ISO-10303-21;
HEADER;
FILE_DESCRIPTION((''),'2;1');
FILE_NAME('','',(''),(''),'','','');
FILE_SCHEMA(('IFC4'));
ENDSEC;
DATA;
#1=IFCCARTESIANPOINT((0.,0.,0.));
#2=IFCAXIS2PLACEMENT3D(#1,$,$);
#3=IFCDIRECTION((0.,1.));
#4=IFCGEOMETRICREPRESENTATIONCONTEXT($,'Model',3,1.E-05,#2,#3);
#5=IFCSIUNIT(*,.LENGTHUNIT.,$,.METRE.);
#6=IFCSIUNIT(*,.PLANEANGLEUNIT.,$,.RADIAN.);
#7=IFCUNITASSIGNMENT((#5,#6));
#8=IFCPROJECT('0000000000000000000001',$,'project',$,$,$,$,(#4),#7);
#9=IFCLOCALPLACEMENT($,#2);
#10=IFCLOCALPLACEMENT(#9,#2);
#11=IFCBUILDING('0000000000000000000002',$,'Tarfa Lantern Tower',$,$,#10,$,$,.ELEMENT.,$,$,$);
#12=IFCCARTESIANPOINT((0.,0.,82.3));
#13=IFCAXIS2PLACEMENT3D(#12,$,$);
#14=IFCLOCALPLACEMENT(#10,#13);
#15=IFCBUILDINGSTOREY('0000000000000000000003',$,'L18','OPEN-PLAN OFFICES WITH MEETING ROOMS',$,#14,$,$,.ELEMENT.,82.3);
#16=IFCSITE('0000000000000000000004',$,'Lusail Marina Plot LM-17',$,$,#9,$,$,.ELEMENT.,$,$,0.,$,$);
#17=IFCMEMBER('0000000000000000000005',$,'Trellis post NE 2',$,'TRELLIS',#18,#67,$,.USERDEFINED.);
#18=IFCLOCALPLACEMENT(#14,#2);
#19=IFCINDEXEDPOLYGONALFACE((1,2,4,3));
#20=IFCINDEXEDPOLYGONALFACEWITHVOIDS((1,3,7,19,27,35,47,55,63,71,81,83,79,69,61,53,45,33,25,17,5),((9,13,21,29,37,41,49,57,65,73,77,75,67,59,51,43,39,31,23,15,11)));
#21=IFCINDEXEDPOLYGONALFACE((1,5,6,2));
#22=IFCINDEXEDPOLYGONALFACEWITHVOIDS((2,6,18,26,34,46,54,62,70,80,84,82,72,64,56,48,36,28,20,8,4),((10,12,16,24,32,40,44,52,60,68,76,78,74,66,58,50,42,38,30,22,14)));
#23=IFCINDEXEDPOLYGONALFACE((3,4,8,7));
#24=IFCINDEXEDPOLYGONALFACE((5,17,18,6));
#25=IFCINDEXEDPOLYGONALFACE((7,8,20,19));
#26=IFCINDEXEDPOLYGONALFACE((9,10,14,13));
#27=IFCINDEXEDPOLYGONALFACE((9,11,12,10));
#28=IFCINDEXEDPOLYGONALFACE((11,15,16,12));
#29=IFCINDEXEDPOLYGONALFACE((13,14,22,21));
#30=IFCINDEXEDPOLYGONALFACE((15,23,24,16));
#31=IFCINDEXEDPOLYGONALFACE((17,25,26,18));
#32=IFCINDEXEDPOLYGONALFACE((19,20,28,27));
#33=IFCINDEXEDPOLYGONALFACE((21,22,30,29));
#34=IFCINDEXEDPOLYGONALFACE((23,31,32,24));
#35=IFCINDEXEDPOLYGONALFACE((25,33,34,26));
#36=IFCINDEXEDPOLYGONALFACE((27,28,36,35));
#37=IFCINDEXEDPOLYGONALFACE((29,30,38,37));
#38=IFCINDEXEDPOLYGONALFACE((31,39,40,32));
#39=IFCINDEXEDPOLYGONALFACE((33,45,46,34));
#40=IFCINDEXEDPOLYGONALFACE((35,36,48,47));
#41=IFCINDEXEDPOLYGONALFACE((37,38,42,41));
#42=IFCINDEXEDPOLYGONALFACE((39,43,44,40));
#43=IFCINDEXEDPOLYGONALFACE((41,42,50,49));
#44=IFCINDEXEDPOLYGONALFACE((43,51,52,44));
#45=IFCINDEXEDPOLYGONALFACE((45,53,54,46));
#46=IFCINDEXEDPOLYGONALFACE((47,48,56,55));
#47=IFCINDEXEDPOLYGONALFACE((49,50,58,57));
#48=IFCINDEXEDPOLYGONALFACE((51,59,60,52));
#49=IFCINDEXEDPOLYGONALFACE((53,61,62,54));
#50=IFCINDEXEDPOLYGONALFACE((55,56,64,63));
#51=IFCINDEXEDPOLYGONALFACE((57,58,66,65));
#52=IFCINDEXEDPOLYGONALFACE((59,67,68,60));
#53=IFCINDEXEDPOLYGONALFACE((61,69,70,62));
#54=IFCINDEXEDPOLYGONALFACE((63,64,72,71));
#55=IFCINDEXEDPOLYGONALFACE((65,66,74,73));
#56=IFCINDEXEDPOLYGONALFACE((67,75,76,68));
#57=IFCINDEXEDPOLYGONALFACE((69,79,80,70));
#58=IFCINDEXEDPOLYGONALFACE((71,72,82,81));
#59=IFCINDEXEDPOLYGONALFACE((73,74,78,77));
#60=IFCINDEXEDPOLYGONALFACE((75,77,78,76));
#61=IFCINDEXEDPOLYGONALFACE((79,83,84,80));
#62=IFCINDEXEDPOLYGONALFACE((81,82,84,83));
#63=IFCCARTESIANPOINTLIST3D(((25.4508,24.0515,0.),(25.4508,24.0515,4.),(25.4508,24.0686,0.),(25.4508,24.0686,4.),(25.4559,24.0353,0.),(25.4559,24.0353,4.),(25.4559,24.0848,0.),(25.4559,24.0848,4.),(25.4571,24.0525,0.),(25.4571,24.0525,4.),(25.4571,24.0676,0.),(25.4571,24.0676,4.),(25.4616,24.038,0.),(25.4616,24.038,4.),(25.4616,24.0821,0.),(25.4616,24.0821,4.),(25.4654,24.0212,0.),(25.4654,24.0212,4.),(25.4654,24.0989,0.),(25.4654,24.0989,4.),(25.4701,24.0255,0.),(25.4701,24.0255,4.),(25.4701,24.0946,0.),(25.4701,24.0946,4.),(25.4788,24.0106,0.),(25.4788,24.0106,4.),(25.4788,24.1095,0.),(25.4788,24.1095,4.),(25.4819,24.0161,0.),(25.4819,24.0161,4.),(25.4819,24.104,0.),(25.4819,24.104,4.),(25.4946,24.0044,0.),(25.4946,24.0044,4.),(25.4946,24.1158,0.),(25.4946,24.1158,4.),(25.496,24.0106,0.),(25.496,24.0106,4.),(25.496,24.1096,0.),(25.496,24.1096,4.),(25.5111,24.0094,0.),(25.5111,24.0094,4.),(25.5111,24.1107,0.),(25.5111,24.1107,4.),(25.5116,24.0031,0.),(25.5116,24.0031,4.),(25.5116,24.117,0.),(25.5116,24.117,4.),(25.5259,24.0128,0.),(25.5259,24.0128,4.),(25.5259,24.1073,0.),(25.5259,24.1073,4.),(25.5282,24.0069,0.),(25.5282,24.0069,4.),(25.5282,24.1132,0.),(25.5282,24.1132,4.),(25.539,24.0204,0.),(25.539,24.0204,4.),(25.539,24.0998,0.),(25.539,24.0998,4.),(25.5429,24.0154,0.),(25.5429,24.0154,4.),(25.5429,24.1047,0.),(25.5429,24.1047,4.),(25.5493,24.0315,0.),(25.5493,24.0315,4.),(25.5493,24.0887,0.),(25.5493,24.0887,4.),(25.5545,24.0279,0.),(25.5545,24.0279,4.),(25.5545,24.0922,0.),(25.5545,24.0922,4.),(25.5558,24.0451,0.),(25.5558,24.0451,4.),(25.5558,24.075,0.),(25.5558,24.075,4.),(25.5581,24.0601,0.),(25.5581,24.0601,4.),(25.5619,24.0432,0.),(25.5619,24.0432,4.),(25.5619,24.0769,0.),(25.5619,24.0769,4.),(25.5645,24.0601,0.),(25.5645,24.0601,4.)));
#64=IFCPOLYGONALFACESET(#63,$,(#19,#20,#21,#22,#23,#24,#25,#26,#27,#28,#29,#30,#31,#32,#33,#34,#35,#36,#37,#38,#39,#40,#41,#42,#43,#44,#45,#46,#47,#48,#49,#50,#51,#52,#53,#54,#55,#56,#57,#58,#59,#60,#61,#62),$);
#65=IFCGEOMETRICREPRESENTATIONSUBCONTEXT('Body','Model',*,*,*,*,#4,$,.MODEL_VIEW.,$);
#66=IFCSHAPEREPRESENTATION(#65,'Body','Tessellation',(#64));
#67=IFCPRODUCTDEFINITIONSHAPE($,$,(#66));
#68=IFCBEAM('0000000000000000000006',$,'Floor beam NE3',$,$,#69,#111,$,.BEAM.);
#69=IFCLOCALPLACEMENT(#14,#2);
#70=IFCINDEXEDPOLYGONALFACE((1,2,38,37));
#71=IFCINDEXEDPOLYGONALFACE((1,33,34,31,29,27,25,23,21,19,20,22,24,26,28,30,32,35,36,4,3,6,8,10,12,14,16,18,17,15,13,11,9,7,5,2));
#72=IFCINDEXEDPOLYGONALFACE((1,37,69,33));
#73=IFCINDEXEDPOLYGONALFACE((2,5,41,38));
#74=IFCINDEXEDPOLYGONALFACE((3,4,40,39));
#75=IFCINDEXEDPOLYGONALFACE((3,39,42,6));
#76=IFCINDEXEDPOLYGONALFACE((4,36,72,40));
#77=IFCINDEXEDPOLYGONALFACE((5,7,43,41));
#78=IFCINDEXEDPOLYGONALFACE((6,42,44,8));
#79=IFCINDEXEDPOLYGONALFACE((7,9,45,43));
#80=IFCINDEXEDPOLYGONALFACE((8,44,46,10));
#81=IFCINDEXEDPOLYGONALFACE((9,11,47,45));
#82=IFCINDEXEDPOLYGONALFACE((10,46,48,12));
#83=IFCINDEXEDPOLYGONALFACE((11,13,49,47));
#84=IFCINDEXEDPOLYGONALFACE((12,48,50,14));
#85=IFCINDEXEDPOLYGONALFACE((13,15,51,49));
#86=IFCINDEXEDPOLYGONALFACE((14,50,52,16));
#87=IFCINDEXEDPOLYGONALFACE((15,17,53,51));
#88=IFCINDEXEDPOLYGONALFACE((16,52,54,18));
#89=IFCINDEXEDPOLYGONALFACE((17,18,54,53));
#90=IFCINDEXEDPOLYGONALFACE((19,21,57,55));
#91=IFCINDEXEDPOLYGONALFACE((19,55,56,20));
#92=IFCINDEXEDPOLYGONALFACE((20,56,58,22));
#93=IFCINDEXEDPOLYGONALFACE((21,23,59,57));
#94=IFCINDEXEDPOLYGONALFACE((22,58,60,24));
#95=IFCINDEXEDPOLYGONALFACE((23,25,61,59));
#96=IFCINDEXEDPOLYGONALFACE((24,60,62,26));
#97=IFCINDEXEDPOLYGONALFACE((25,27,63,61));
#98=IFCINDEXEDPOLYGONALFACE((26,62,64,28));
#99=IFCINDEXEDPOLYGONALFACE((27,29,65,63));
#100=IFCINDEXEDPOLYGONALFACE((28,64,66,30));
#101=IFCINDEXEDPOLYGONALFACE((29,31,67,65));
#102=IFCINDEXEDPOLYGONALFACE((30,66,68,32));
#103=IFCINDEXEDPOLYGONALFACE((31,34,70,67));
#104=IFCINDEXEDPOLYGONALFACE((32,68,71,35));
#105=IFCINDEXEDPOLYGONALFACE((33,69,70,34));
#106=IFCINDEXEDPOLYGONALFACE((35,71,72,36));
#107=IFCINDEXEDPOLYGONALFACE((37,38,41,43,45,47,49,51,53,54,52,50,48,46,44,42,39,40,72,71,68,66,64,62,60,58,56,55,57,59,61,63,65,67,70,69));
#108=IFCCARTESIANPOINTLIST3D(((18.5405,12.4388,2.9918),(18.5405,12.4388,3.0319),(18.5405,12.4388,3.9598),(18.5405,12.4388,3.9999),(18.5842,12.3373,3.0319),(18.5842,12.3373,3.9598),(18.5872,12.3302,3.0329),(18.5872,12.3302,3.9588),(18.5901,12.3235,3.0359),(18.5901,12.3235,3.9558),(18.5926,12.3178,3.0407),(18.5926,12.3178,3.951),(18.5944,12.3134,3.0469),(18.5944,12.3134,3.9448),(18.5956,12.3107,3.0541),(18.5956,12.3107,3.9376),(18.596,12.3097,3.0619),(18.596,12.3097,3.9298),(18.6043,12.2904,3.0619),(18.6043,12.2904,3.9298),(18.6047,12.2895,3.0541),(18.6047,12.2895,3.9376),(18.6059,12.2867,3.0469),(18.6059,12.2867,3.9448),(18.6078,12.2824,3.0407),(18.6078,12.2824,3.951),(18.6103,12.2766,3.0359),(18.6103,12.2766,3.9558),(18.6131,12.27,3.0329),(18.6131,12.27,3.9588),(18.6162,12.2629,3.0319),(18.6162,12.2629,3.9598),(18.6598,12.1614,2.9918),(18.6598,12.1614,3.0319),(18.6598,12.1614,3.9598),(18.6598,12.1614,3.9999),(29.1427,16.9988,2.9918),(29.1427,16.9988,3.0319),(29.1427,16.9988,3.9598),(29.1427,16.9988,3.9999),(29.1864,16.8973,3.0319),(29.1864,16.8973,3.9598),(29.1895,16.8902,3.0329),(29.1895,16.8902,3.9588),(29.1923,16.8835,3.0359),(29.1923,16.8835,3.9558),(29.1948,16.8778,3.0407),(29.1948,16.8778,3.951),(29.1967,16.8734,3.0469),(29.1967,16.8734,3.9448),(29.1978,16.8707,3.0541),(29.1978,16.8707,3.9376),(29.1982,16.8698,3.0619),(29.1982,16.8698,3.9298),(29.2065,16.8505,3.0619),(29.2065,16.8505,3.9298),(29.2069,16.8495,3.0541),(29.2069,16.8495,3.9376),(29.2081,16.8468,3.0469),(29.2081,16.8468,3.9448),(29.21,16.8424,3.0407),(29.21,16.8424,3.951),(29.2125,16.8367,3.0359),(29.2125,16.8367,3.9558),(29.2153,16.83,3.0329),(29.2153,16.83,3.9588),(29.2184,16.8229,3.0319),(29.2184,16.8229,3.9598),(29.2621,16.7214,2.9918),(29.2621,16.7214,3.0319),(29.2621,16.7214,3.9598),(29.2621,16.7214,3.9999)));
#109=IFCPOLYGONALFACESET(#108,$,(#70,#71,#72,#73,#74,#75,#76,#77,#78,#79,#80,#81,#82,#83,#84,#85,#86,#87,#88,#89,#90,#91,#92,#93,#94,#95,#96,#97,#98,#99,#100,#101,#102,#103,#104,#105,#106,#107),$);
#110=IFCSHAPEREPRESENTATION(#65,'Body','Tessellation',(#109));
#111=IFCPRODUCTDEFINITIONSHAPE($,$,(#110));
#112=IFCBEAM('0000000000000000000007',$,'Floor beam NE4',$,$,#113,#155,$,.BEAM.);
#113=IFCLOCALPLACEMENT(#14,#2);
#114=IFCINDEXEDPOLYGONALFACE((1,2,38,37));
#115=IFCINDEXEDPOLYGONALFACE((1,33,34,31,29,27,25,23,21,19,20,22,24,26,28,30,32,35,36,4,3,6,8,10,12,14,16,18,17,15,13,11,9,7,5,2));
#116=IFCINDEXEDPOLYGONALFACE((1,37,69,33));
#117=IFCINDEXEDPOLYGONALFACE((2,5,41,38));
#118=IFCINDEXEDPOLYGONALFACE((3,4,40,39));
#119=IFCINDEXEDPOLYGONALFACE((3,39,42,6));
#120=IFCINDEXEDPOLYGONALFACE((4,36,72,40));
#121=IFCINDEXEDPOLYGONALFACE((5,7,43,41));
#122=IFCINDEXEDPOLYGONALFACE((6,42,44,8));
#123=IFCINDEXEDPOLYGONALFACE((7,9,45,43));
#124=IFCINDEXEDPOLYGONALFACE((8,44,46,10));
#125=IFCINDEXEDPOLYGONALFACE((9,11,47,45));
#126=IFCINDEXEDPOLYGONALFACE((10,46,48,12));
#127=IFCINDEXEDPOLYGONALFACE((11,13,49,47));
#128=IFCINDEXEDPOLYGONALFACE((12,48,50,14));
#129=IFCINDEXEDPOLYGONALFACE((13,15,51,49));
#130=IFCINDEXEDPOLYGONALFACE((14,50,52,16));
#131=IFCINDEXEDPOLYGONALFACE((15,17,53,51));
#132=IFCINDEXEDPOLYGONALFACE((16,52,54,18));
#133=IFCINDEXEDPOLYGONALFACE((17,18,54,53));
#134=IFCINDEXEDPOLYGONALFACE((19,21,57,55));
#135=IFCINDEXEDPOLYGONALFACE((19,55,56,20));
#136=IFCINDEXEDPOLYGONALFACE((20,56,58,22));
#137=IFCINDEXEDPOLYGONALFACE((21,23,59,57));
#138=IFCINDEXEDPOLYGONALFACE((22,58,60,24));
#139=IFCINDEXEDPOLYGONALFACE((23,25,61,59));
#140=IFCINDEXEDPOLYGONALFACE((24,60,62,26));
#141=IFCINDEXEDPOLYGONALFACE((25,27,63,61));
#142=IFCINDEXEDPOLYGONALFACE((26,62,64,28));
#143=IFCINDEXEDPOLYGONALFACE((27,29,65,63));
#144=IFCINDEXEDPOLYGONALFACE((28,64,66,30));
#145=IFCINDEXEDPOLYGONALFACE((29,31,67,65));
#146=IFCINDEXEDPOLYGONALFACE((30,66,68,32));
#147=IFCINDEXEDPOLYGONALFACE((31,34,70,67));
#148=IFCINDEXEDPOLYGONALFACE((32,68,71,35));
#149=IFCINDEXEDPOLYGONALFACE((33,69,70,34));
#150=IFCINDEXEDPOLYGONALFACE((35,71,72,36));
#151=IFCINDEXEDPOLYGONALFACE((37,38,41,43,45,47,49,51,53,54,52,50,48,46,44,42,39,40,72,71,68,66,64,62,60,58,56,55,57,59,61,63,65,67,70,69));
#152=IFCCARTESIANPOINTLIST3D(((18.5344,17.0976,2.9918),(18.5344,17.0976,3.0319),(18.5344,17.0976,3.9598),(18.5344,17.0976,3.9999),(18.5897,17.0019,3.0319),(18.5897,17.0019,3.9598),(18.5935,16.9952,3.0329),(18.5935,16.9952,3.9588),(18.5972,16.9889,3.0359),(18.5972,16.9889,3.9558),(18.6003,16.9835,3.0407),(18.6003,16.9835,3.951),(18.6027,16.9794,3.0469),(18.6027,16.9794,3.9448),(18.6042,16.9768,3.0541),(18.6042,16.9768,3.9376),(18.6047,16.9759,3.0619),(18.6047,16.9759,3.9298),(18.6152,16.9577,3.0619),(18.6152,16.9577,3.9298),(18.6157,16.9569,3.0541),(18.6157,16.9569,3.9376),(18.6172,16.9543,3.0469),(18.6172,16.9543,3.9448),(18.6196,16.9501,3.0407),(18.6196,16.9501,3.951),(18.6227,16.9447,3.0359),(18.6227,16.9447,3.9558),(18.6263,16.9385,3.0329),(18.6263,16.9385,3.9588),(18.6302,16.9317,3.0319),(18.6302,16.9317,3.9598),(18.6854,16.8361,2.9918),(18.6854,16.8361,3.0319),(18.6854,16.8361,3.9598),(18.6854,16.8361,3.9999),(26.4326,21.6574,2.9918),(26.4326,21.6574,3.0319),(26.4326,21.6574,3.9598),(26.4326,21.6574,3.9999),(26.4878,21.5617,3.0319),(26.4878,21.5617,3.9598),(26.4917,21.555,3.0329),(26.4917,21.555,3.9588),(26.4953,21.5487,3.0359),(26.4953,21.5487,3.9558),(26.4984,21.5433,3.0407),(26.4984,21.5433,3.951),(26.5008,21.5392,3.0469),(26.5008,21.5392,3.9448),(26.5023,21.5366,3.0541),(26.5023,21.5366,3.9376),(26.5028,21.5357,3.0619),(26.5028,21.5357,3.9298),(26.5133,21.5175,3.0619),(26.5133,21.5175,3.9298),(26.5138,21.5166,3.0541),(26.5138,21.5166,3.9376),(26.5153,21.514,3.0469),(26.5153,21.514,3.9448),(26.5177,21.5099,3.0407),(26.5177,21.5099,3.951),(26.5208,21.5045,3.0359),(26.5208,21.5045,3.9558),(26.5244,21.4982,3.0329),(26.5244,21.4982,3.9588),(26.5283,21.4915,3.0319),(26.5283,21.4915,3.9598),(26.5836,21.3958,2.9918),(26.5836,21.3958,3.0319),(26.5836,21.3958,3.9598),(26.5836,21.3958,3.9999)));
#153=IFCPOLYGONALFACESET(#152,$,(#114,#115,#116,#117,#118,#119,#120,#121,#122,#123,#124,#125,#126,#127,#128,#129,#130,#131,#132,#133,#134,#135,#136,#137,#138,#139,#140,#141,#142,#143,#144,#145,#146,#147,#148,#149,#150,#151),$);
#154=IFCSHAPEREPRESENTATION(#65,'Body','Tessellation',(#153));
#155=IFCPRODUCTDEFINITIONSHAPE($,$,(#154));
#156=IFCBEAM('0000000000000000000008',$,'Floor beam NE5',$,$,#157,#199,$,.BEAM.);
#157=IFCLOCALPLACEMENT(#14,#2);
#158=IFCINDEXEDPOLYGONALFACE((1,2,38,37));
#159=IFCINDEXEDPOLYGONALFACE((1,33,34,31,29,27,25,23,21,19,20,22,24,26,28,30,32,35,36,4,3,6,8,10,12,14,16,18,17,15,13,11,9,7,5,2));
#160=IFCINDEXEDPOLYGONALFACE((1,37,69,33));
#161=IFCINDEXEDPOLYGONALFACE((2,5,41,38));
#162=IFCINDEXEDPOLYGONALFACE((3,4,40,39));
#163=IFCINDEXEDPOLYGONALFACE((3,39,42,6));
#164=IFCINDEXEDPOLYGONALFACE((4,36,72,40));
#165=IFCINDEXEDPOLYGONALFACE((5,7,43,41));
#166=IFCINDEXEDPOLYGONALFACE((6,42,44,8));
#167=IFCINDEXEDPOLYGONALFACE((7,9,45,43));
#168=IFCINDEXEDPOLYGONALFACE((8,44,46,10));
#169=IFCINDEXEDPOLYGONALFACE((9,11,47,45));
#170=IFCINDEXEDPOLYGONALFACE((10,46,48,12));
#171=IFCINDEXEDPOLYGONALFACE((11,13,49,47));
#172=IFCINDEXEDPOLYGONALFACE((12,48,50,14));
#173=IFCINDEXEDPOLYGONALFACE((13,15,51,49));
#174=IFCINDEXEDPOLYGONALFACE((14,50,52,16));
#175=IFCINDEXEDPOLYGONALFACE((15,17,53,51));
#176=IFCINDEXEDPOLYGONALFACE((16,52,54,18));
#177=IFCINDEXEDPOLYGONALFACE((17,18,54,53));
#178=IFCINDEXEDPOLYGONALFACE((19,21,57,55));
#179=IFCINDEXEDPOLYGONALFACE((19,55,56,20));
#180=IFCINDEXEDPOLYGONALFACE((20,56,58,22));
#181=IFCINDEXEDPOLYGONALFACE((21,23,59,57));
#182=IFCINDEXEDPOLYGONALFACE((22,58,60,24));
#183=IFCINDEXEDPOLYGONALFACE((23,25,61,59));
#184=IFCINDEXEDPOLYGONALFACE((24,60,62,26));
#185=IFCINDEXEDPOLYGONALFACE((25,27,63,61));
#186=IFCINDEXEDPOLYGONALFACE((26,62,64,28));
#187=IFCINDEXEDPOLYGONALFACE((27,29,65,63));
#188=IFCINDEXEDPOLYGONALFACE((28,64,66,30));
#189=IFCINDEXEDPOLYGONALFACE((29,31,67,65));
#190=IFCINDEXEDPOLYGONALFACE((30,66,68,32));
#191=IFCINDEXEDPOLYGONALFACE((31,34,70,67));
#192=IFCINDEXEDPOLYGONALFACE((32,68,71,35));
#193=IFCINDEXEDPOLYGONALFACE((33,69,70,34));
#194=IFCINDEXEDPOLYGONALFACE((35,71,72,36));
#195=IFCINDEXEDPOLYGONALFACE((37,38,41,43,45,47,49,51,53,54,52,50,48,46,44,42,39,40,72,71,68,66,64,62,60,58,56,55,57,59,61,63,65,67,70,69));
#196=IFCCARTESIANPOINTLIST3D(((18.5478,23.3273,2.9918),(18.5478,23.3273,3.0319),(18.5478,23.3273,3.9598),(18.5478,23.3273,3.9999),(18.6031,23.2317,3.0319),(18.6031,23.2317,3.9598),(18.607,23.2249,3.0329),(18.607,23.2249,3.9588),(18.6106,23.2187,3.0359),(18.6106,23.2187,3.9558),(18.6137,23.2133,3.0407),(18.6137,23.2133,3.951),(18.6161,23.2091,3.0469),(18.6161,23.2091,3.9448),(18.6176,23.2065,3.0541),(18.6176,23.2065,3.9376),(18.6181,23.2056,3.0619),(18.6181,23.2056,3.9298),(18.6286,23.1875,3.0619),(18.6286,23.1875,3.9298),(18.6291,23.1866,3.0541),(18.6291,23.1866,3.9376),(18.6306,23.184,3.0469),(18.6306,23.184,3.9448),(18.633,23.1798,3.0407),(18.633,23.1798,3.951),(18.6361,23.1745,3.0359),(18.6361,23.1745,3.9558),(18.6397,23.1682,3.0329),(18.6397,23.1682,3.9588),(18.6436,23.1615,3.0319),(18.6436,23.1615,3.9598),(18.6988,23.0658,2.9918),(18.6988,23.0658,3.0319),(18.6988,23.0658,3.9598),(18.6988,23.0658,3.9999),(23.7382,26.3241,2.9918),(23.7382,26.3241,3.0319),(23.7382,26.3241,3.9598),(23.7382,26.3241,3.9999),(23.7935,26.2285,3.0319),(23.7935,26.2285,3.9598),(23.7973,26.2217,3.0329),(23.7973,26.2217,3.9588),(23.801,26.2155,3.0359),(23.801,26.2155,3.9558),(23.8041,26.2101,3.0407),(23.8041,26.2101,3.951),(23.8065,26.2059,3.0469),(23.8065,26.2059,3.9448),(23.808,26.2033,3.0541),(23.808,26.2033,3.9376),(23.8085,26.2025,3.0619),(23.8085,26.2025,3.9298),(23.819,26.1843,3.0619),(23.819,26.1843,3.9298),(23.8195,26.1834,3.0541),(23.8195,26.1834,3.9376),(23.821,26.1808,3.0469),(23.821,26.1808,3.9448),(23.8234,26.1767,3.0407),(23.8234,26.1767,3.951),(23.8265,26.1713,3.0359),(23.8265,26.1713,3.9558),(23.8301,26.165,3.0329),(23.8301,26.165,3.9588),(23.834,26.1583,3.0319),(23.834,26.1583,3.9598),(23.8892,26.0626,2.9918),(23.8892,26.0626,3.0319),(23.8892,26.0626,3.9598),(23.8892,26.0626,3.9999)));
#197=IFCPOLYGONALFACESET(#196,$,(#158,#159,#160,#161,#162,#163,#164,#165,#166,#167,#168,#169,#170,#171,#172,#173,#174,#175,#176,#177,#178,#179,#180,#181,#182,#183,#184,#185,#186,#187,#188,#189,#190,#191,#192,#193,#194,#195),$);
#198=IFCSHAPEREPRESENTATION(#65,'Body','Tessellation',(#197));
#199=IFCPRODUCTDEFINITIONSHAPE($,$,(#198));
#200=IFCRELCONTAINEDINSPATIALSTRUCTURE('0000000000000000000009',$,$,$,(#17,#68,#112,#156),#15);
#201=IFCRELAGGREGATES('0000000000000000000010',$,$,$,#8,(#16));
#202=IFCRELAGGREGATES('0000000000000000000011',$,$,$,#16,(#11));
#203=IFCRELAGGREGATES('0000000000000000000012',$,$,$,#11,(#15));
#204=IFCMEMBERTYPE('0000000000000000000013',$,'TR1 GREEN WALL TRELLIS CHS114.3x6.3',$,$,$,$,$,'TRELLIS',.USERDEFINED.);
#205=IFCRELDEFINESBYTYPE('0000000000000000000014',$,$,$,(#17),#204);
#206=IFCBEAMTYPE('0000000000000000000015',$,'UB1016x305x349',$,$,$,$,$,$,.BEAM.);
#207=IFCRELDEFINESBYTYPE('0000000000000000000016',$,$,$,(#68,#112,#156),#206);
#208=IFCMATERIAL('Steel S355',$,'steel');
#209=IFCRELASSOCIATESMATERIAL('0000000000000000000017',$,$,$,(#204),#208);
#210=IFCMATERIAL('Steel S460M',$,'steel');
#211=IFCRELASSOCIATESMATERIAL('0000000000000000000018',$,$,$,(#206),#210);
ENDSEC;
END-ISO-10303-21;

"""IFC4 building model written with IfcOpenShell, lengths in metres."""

from ifc_helpers import new_model, si_unit, direction, frame, origin, origin_2d, place, context, subcontext, project, spatial, hollow_circle, i_section, extrude, material, material_profile, profile_set, type_object, element, save


model = new_model("IFC4")

# Units and contexts
model_context = context("Model", 3, precision=1e-05, world=origin(), true_north=direction((0.0, 1.0)))
body_context = subcontext(model_context, "Body", "Model", "MODEL_VIEW")
ifc_project = project(units=[si_unit("LENGTHUNIT", "METRE"), si_unit("PLANEANGLEUNIT", "RADIAN")], contexts=[model_context])

# Site, building, storey
site_placement = place(None, origin())
site = spatial("IfcSite", under=ifc_project, at=site_placement, Name="Lusail Marina Plot LM-17", CompositionType="ELEMENT", RefElevation=0.0)
building_placement = place(site_placement, origin())
building = spatial("IfcBuilding", under=site, at=building_placement, Name="Tarfa Lantern Tower", CompositionType="ELEMENT")
storey_placement = place(building_placement, frame((0.0, 0.0, 82.3)))
storey = spatial("IfcBuildingStorey", under=building, at=storey_placement, Name="L18", Description="OPEN-PLAN OFFICES WITH MEETING ROOMS", CompositionType="ELEMENT", Elevation=82.3)

# Member
ifc_material_1 = material(Name="Steel S355", Category="steel")
ifc_material_profile_1 = material_profile(ifc_material_1, hollow_circle(Radius=0.0571, WallThickness=0.0063, at=origin_2d()), Name="CHS114.3x6.3")
ifc_profile_set_1 = profile_set([ifc_material_profile_1], Name="Steel S355")
member_type_1 = type_object("IfcMemberType", Name="TR1 GREEN WALL TRELLIS CHS114.3x6.3", ElementType="TRELLIS", PredefinedType="USERDEFINED", material=ifc_profile_set_1)
member_1_placement = place(storey_placement, frame((25.5073, 24.0601, 0.0), z_axis=(0.0, 0.0, 1.0), x_axis=(1.0, 0.0, 0.0)))
element("IfcMember", 1, at=member_1_placement, inside=storey, type_object=member_type_1, Name="Trellis post NE 2", ObjectType="TRELLIS", PredefinedType="USERDEFINED", context=body_context, shape_type="SweptSolid", body=[
    extrude(hollow_circle(Radius=0.0571, WallThickness=0.0063, at=origin_2d()), origin(), (0.0, 0.0, 1.0), 4.0),
])

# Beams
ifc_material_2 = material(Name="Steel S460M", Category="steel")
ifc_material_profile_2 = material_profile(ifc_material_2, i_section(OverallWidth=0.302, OverallDepth=1.0081, WebThickness=0.021, FlangeThickness=0.04, FilletRadius=0.03, at=origin_2d()), Name="UB1016x305x349")
ifc_profile_set_2 = profile_set([ifc_material_profile_2], Name="Steel S460M")
beam_type_1 = type_object("IfcBeamType", Name="UB1016x305x349", PredefinedType="BEAM", material=ifc_profile_set_2)
beam_1_placement = place(storey_placement, frame((29.2024, 16.8601, 3.4958), z_axis=(-0.918635, -0.395106, 0.0), x_axis=(0.395106, -0.918635, 0.0)))
element("IfcBeam", 2, at=beam_1_placement, inside=storey, type_object=beam_type_1, Name="Floor beam NE3", PredefinedType="BEAM", context=body_context, shape_type="SweptSolid", body=[
    extrude(i_section(OverallWidth=0.302, OverallDepth=1.0081, WebThickness=0.021, FlangeThickness=0.04, FilletRadius=0.03, at=origin_2d()), origin(), (0.0, 0.0, 1.0), 11.5413),
])
beam_2_placement = place(storey_placement, frame((26.5081, 21.5266, 3.4958), z_axis=(-0.866035, -0.499983, 0.0), x_axis=(0.499983, -0.866035, 0.0)))
element("IfcBeam", 3, at=beam_2_placement, inside=storey, type_object=beam_type_1, Name="Floor beam NE4", PredefinedType="BEAM", context=body_context, shape_type="SweptSolid", body=[
    extrude(i_section(OverallWidth=0.302, OverallDepth=1.0081, WebThickness=0.021, FlangeThickness=0.04, FilletRadius=0.03, at=origin_2d()), origin(), (0.0, 0.0, 1.0), 9.1199),
])
beam_3_placement = place(storey_placement, frame((23.8137, 26.1934, 3.4958), z_axis=(-0.866016, -0.500016, 0.0), x_axis=(0.500016, -0.866016, 0.0)))
element("IfcBeam", 4, at=beam_3_placement, inside=storey, type_object=beam_type_1, Name="Floor beam NE5", PredefinedType="BEAM", context=body_context, shape_type="SweptSolid", body=[
    extrude(i_section(OverallWidth=0.302, OverallDepth=1.0081, WebThickness=0.021, FlangeThickness=0.04, FilletRadius=0.03, at=origin_2d()), origin(), (0.0, 0.0, 1.0), 5.9934),
])

save(model, "model.ifc")
